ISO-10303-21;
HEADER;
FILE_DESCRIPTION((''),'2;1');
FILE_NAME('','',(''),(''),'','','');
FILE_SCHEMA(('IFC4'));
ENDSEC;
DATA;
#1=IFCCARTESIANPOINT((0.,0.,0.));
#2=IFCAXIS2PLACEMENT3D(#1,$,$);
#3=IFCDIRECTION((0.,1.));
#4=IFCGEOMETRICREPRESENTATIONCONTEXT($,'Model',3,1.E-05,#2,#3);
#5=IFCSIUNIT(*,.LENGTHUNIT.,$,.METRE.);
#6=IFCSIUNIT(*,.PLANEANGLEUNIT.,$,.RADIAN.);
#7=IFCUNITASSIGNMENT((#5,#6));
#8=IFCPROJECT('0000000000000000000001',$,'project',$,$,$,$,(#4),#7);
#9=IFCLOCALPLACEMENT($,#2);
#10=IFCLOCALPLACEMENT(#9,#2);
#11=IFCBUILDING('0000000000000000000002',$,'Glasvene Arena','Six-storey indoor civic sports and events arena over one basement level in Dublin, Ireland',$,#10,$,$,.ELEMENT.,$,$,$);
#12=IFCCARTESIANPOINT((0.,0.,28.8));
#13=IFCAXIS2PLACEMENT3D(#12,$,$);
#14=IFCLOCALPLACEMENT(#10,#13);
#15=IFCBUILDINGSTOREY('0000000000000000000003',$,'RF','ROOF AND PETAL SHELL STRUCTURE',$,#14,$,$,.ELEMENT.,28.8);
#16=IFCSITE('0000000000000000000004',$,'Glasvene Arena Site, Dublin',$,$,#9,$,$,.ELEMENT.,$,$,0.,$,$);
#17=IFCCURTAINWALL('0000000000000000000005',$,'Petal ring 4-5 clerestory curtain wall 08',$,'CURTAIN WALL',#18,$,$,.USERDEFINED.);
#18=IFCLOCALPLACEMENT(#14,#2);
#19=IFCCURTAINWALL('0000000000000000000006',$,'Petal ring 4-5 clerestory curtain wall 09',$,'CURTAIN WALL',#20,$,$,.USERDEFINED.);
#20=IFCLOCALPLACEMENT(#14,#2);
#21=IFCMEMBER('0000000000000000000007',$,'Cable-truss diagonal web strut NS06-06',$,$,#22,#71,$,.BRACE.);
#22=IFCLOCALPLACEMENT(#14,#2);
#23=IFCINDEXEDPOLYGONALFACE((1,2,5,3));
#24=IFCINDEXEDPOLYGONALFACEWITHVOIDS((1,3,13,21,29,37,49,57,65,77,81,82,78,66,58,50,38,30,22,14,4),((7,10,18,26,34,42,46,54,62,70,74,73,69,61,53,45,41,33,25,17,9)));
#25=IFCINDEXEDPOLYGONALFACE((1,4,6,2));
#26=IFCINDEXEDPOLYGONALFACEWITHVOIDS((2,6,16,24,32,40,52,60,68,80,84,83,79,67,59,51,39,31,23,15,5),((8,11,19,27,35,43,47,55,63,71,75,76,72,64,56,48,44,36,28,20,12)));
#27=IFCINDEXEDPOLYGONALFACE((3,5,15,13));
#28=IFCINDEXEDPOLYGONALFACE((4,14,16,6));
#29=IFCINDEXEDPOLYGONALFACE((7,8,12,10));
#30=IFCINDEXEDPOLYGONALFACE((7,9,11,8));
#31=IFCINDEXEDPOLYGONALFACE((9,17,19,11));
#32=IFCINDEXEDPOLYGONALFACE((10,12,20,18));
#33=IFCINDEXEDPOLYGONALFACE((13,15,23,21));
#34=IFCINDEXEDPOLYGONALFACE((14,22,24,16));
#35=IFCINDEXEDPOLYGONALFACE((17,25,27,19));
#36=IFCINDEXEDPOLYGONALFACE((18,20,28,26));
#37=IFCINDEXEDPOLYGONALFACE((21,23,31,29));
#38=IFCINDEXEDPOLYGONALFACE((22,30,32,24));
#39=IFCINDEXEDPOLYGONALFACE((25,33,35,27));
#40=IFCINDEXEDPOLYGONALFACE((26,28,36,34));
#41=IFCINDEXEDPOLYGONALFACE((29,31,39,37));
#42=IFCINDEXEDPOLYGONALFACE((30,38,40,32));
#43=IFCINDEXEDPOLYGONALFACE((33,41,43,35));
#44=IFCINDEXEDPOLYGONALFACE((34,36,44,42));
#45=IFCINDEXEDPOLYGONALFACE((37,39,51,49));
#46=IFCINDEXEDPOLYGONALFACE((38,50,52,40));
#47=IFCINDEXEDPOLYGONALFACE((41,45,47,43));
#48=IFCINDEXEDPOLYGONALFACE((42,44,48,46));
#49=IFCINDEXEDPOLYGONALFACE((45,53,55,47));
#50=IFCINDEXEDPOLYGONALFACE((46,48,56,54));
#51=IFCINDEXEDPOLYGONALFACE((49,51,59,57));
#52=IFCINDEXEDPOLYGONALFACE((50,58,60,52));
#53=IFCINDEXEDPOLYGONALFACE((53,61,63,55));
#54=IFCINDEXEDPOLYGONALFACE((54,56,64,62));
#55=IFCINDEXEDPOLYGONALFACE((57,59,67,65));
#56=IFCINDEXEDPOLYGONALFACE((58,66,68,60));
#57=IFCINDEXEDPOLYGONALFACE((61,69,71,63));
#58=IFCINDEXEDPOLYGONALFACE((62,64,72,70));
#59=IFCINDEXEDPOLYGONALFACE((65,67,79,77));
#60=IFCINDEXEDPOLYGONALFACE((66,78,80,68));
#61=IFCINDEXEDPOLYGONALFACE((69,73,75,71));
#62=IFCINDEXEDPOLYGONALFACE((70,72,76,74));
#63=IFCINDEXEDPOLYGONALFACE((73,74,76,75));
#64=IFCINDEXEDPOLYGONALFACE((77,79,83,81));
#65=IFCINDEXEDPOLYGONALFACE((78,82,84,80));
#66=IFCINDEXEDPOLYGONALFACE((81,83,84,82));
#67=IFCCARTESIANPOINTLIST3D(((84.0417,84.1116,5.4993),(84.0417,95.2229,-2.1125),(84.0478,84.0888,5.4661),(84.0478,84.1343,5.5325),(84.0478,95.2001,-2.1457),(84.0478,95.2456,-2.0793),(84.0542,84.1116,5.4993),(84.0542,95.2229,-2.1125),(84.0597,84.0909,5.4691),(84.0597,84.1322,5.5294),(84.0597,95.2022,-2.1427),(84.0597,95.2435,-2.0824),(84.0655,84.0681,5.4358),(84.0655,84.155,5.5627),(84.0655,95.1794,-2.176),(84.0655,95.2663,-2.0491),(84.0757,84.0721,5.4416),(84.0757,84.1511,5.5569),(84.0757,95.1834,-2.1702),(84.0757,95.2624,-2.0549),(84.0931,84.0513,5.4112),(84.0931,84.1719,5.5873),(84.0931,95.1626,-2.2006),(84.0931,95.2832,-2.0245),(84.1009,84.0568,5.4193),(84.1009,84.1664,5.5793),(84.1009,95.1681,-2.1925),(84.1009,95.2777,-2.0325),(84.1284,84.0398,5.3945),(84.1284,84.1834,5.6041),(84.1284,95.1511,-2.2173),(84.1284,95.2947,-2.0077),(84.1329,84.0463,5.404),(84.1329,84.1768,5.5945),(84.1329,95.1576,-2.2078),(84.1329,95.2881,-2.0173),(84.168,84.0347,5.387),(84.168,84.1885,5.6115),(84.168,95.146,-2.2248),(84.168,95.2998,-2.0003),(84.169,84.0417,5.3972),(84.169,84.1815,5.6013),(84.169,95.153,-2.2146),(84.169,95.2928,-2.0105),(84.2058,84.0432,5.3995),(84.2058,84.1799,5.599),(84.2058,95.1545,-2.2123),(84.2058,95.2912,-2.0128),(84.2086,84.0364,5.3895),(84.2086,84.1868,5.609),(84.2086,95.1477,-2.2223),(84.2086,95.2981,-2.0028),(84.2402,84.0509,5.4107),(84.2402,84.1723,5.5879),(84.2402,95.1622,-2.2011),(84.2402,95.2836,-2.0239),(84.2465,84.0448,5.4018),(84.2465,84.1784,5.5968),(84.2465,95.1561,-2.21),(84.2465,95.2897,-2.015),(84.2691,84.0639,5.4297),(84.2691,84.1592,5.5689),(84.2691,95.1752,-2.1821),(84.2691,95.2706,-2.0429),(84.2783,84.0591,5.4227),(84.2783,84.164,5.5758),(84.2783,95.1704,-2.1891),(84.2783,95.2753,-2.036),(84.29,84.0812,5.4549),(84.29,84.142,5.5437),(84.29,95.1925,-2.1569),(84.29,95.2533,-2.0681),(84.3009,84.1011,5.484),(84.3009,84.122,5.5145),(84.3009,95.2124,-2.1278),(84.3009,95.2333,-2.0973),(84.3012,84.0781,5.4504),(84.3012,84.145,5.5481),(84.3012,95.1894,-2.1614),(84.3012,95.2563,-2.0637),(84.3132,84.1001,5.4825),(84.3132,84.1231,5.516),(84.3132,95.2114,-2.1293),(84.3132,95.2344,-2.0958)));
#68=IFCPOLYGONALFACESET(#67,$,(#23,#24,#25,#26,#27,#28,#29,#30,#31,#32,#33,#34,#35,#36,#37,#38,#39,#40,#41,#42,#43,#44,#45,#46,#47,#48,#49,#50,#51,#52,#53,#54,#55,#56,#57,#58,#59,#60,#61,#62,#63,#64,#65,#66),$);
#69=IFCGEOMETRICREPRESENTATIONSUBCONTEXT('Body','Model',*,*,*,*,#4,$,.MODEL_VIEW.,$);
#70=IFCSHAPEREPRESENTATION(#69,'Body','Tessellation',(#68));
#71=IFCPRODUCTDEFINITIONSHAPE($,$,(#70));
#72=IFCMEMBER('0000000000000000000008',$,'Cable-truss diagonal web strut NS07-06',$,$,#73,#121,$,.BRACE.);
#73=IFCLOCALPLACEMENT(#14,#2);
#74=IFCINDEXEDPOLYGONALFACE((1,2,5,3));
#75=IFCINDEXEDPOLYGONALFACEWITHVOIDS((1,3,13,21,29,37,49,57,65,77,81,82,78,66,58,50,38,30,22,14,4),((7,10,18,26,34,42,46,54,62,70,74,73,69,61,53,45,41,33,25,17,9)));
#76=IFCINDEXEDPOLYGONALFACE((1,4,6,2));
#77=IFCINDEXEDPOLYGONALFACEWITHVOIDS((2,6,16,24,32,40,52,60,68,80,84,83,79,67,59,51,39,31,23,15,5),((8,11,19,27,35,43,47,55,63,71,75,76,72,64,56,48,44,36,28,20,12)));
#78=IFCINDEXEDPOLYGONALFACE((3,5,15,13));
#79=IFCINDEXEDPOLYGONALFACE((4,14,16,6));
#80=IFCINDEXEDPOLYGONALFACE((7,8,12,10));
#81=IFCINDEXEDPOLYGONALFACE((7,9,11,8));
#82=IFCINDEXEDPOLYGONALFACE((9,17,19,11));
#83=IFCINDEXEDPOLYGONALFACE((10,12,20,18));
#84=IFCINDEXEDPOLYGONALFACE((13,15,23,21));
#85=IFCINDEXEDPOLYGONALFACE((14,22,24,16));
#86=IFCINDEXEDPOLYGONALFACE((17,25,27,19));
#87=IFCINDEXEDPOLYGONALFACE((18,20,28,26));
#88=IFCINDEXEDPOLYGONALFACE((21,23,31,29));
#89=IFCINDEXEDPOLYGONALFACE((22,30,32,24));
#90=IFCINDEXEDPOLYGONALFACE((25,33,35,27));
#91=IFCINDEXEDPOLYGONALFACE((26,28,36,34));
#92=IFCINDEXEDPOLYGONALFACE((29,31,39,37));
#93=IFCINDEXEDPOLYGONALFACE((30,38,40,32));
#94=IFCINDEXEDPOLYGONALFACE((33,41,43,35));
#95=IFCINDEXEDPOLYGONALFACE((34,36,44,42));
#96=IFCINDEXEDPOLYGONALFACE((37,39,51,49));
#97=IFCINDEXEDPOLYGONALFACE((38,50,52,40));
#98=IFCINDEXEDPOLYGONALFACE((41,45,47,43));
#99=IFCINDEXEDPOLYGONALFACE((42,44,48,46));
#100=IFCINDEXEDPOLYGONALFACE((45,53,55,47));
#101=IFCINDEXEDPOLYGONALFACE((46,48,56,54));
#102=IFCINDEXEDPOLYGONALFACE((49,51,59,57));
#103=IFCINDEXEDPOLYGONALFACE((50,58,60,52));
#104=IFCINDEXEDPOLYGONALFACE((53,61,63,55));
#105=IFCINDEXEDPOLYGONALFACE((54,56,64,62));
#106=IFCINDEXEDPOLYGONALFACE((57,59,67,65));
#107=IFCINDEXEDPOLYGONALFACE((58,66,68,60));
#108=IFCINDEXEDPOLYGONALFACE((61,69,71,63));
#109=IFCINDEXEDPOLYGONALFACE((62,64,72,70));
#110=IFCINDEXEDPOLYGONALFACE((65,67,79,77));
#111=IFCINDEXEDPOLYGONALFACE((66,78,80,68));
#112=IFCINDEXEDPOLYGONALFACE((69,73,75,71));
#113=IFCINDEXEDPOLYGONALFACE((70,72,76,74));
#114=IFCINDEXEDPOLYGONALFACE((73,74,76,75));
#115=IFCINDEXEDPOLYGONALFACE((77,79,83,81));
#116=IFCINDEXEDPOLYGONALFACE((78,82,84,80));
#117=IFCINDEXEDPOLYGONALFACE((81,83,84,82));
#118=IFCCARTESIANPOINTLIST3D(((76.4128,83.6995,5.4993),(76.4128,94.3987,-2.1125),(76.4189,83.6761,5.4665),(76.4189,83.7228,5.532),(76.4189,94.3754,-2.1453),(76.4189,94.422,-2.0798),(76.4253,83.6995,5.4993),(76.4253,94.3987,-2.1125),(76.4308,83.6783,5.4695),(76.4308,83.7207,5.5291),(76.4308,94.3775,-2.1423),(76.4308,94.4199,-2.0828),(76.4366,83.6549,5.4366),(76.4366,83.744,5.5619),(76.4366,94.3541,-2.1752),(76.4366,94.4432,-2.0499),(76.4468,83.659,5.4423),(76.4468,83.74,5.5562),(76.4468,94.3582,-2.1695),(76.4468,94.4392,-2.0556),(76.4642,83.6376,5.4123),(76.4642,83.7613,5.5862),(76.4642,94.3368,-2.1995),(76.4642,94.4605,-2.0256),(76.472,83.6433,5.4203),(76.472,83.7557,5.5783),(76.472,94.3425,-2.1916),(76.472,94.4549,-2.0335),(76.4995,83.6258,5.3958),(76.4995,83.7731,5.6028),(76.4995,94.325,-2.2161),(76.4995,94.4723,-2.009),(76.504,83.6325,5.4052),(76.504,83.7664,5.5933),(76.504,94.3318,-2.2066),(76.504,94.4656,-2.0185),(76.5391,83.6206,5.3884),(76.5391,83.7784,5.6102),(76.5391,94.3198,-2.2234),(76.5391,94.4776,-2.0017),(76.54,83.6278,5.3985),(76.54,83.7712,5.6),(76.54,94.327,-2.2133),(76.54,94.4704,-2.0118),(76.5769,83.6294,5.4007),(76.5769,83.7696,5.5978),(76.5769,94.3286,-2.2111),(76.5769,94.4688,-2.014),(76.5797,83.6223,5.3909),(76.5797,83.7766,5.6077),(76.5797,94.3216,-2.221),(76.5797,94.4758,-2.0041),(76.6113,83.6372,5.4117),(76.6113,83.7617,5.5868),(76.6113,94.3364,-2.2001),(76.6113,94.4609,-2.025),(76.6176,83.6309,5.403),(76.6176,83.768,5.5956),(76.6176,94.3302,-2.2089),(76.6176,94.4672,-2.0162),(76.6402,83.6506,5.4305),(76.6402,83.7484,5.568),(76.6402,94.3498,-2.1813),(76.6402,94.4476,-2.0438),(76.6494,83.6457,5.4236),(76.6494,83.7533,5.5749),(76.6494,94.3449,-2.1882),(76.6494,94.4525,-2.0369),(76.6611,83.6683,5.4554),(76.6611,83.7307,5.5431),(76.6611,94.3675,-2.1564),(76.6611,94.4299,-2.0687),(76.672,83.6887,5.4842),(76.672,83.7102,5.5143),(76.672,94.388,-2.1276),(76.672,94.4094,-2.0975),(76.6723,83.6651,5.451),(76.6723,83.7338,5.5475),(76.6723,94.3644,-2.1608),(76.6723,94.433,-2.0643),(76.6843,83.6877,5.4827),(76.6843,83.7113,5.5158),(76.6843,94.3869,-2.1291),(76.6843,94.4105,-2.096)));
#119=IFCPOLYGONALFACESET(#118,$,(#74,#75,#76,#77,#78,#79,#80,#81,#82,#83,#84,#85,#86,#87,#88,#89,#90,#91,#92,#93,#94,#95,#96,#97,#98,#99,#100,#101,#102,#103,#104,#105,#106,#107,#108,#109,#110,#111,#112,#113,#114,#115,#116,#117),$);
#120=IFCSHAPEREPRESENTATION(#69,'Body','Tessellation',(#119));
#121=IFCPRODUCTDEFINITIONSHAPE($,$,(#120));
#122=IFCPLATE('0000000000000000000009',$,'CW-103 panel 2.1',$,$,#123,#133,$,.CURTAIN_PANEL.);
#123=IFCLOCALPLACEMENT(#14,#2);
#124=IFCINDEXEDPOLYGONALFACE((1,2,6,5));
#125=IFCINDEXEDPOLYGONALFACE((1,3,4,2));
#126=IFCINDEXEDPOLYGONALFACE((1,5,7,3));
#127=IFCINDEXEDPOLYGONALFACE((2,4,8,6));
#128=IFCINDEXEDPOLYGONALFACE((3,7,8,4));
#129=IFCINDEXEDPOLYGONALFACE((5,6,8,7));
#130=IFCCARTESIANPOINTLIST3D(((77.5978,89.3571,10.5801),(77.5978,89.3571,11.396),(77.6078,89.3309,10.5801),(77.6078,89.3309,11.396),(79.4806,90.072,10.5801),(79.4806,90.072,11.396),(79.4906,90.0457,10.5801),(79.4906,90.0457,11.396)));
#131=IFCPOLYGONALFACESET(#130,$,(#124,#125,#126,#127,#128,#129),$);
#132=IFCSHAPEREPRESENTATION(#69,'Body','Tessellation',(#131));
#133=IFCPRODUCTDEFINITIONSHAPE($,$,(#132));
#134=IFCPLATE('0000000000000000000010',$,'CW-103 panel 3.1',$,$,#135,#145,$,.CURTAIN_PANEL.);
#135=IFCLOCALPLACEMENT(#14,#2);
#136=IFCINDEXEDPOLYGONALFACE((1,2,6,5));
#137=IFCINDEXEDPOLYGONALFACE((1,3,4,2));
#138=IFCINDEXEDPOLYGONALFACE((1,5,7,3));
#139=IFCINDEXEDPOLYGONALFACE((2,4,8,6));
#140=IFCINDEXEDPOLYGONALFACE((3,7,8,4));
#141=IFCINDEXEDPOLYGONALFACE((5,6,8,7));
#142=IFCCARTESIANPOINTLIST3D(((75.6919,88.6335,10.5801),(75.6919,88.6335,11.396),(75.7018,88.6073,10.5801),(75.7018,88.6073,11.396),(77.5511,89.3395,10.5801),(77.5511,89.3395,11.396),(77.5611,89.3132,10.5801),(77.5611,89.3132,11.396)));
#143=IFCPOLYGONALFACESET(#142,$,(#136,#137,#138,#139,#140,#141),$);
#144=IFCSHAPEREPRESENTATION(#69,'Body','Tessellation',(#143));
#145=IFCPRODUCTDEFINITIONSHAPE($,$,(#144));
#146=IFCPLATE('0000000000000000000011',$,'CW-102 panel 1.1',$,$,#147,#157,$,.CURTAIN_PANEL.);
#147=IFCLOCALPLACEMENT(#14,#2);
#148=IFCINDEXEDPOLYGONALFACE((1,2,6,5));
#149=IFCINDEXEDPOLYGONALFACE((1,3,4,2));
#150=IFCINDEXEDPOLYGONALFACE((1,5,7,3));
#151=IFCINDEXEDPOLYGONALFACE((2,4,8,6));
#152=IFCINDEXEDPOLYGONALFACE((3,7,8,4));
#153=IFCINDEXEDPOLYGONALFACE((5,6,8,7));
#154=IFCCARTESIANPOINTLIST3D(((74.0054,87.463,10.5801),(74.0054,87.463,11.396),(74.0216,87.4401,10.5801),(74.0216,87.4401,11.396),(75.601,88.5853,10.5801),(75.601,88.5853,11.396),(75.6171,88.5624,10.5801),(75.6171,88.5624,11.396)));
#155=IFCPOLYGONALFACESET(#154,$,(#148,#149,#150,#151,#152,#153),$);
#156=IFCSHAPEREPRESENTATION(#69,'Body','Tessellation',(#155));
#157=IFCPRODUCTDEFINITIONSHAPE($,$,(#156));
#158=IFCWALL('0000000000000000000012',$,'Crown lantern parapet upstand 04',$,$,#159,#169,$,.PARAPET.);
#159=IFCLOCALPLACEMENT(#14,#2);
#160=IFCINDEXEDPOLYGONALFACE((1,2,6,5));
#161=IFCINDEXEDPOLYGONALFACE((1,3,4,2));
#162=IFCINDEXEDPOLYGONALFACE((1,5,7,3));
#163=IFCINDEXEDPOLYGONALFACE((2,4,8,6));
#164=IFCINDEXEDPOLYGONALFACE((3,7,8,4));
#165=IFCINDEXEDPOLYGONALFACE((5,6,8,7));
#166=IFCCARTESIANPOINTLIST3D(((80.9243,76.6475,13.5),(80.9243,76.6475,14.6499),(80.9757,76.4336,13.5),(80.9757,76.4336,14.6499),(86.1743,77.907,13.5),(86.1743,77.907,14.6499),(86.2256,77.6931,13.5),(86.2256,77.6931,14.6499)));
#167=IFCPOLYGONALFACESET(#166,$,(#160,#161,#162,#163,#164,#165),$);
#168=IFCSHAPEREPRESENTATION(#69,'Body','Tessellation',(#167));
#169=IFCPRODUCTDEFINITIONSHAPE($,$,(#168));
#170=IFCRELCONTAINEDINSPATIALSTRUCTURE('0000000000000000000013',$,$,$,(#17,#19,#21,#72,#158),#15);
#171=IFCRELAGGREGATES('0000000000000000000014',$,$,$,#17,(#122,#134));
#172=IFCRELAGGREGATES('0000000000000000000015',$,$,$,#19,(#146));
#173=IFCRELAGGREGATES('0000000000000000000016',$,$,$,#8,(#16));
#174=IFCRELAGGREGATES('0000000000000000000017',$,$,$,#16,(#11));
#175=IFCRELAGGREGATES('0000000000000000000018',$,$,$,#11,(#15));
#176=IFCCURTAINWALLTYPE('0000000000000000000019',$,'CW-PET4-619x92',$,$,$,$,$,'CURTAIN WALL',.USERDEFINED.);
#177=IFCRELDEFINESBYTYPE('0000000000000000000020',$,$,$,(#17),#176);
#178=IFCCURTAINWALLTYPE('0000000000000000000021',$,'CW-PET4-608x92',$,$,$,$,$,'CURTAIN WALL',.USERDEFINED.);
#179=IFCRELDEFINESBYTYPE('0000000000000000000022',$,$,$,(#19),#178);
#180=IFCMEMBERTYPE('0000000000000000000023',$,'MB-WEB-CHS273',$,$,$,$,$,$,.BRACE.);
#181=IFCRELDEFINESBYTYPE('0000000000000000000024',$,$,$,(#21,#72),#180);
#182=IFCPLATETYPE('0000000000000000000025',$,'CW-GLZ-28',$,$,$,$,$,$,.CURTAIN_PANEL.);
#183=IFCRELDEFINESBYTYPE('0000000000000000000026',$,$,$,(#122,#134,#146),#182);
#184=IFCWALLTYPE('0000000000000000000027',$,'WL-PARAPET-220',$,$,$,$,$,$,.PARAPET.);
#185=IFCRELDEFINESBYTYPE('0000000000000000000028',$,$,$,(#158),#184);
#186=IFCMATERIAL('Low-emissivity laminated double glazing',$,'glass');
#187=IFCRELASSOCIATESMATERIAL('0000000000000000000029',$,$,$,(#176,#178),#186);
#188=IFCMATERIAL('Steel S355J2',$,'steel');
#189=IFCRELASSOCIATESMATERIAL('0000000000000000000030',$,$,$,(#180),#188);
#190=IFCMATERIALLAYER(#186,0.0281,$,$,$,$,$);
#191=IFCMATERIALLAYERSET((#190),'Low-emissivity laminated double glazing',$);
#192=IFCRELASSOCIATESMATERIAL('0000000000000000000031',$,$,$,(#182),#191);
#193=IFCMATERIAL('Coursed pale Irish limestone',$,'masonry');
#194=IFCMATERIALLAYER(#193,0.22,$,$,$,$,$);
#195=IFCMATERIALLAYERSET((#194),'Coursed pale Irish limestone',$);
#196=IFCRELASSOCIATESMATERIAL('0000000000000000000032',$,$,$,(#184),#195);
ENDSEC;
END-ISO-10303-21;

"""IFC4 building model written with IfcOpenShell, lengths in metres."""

from ifc_helpers import new_model, si_unit, direction, frame, frame_2d, origin, origin_2d, place, context, subcontext, project, spatial, rectangle, hollow_circle, extrude, material, layer, layer_set, material_profile, profile_set, type_object, element, aggregate, save


model = new_model("IFC4")

# Units and contexts
model_context = context("Model", 3, precision=1e-05, world=origin(), true_north=direction((0.0, 1.0)))
body_context = subcontext(model_context, "Body", "Model", "MODEL_VIEW")
ifc_project = project(units=[si_unit("LENGTHUNIT", "METRE"), si_unit("PLANEANGLEUNIT", "RADIAN")], contexts=[model_context])

# Site, building, storey
site_placement = place(None, origin())
site = spatial("IfcSite", under=ifc_project, at=site_placement, Name="Glasvene Arena Site, Dublin", CompositionType="ELEMENT", RefElevation=0.0)
building_placement = place(site_placement, origin())
building = spatial("IfcBuilding", under=site, at=building_placement, Name="Glasvene Arena", Description="Six-storey indoor civic sports and events arena over one basement level in Dublin, Ireland", CompositionType="ELEMENT")
storey_placement = place(building_placement, frame((0.0, 0.0, 28.8)))
storey = spatial("IfcBuildingStorey", under=building, at=storey_placement, Name="RF", Description="ROOF AND PETAL SHELL STRUCTURE", CompositionType="ELEMENT", Elevation=28.8)

# Shared definitions
ifc_material_1 = material(Name="Steel S355J2", Category="steel")

# Curtain wall
ifc_material_2 = material(Name="Low-emissivity laminated double glazing", Category="glass")
curtain_wall_type_1 = type_object("IfcCurtainWallType", Name="CW-PET4-619x92", ElementType="CURTAIN WALL", PredefinedType="USERDEFINED", material=ifc_material_2)
curtain_wall_1_placement = place(storey_placement, frame((81.4382, 90.8003, 0.0)))
curtain_wall_1 = element("IfcCurtainWall", 1, at=curtain_wall_1_placement, inside=storey, type_object=curtain_wall_type_1, Name="Petal ring 4-5 clerestory curtain wall 08", ObjectType="CURTAIN WALL", PredefinedType="USERDEFINED")

# Curtain wall
curtain_wall_type_2 = type_object("IfcCurtainWallType", Name="CW-PET4-608x92", ElementType="CURTAIN WALL", PredefinedType="USERDEFINED", material=ifc_material_2)
curtain_wall_2_placement = place(storey_placement, frame((75.6499, 88.6025, 0.0)))
curtain_wall_2 = element("IfcCurtainWall", 2, at=curtain_wall_2_placement, inside=storey, type_object=curtain_wall_type_2, Name="Petal ring 4-5 clerestory curtain wall 09", ObjectType="CURTAIN WALL", PredefinedType="USERDEFINED")

# Members
ifc_material_profile_1 = material_profile(ifc_material_1, hollow_circle(Radius=0.1365, WallThickness=0.0125, at=origin_2d()), Name="CHS 273.0x12.5")
ifc_profile_set_1 = profile_set([ifc_material_profile_1], Name="Steel S355J2")
member_type_1 = type_object("IfcMemberType", Name="MB-WEB-CHS273", PredefinedType="BRACE", material=ifc_profile_set_1)
member_1_placement = place(storey_placement, frame((84.1782, 84.1116, 5.4993), z_axis=(0.0, 0.824984, -0.565156), x_axis=(-1.0, 0.0, 0.0)))
element("IfcMember", 3, at=member_1_placement, inside=storey, type_object=member_type_1, Name="Cable-truss diagonal web strut NS06-06", PredefinedType="BRACE", context=body_context, shape_type="SweptSolid", body=[
    extrude(hollow_circle(Radius=0.1365, WallThickness=0.0125, at=origin_2d()), origin(), (0.0, 0.0, 1.0), 13.4685),
])
member_2_placement = place(storey_placement, frame((76.5493, 83.6995, 5.4993), z_axis=(0.0, 0.81483, -0.5797), x_axis=(-1.0, 0.0, 0.0)))
element("IfcMember", 4, at=member_2_placement, inside=storey, type_object=member_type_1, Name="Cable-truss diagonal web strut NS07-06", PredefinedType="BRACE", context=body_context, shape_type="SweptSolid", body=[
    extrude(hollow_circle(Radius=0.1365, WallThickness=0.0125, at=origin_2d()), origin(), (0.0, 0.0, 1.0), 13.1306),
])

# Plates
ifc_layer_1 = layer(ifc_material_2, 0.0281)
ifc_layer_set_1 = layer_set([ifc_layer_1], Name="Low-emissivity laminated double glazing")
plate_type = type_object("IfcPlateType", Name="CW-GLZ-28", PredefinedType="CURTAIN_PANEL", material=ifc_layer_set_1)
plate_1_placement = place(storey_placement, frame((78.5442, 89.7014, 10.5801), z_axis=(0.0, 0.0, 1.0), x_axis=(-0.934878, -0.35497, 0.0)))
plate_1 = element("IfcPlate", 5, at=plate_1_placement, type_object=plate_type, Name="CW-103 panel 2.1", PredefinedType="CURTAIN_PANEL", context=body_context, shape_type="SweptSolid", body=[
    extrude(rectangle(XDim=2.0139, YDim=0.0281, at=origin_2d()), origin(), (0.0, 0.0, 1.0), 0.8159),
])
plate_2_placement = place(storey_placement, frame((76.6265, 88.9734, 10.5801), z_axis=(0.0, 0.0, 1.0), x_axis=(-0.934878, -0.35497, 0.0)))
plate_2 = element("IfcPlate", 6, at=plate_2_placement, type_object=plate_type, Name="CW-103 panel 3.1", PredefinedType="CURTAIN_PANEL", context=body_context, shape_type="SweptSolid", body=[
    extrude(rectangle(XDim=1.9888, YDim=0.0281, at=origin_2d()), origin(), (0.0, 0.0, 1.0), 0.8159),
])
aggregate(curtain_wall_1, [plate_1, plate_2])
plate_3_placement = place(storey_placement, frame((74.8113, 88.0127, 10.5801), z_axis=(0.0, 0.0, 1.0), x_axis=(-0.817925, -0.575325, 0.0)))
plate_3 = element("IfcPlate", 7, at=plate_3_placement, type_object=plate_type, Name="CW-102 panel 1.1", PredefinedType="CURTAIN_PANEL", context=body_context, shape_type="SweptSolid", body=[
    extrude(rectangle(XDim=1.9507, YDim=0.0281, at=origin_2d()), origin(), (0.0, 0.0, 1.0), 0.8159),
])
aggregate(curtain_wall_2, [plate_3])

# Wall
ifc_material_3 = material(Name="Coursed pale Irish limestone", Category="masonry")
ifc_layer_2 = layer(ifc_material_3, 0.22)
ifc_layer_set_2 = layer_set([ifc_layer_2], Name="Coursed pale Irish limestone")
wall_type = type_object("IfcWallType", Name="WL-PARAPET-220", PredefinedType="PARAPET", material=ifc_layer_set_2)
wall_placement = place(storey_placement, frame((86.2, 77.8, 13.5), z_axis=(0.0, 0.0, 1.0), x_axis=(-0.972407, -0.233289, 0.0)))
element("IfcWall", 8, at=wall_placement, inside=storey, type_object=wall_type, Name="Crown lantern parapet upstand 04", PredefinedType="PARAPET", context=body_context, shape_type="SweptSolid", body=[
    extrude(rectangle(XDim=5.3989, YDim=0.22, at=frame_2d((2.6995, 0.0))), origin(), (0.0, 0.0, 1.0), 1.1499),
])

save(model, "model.ifc")
